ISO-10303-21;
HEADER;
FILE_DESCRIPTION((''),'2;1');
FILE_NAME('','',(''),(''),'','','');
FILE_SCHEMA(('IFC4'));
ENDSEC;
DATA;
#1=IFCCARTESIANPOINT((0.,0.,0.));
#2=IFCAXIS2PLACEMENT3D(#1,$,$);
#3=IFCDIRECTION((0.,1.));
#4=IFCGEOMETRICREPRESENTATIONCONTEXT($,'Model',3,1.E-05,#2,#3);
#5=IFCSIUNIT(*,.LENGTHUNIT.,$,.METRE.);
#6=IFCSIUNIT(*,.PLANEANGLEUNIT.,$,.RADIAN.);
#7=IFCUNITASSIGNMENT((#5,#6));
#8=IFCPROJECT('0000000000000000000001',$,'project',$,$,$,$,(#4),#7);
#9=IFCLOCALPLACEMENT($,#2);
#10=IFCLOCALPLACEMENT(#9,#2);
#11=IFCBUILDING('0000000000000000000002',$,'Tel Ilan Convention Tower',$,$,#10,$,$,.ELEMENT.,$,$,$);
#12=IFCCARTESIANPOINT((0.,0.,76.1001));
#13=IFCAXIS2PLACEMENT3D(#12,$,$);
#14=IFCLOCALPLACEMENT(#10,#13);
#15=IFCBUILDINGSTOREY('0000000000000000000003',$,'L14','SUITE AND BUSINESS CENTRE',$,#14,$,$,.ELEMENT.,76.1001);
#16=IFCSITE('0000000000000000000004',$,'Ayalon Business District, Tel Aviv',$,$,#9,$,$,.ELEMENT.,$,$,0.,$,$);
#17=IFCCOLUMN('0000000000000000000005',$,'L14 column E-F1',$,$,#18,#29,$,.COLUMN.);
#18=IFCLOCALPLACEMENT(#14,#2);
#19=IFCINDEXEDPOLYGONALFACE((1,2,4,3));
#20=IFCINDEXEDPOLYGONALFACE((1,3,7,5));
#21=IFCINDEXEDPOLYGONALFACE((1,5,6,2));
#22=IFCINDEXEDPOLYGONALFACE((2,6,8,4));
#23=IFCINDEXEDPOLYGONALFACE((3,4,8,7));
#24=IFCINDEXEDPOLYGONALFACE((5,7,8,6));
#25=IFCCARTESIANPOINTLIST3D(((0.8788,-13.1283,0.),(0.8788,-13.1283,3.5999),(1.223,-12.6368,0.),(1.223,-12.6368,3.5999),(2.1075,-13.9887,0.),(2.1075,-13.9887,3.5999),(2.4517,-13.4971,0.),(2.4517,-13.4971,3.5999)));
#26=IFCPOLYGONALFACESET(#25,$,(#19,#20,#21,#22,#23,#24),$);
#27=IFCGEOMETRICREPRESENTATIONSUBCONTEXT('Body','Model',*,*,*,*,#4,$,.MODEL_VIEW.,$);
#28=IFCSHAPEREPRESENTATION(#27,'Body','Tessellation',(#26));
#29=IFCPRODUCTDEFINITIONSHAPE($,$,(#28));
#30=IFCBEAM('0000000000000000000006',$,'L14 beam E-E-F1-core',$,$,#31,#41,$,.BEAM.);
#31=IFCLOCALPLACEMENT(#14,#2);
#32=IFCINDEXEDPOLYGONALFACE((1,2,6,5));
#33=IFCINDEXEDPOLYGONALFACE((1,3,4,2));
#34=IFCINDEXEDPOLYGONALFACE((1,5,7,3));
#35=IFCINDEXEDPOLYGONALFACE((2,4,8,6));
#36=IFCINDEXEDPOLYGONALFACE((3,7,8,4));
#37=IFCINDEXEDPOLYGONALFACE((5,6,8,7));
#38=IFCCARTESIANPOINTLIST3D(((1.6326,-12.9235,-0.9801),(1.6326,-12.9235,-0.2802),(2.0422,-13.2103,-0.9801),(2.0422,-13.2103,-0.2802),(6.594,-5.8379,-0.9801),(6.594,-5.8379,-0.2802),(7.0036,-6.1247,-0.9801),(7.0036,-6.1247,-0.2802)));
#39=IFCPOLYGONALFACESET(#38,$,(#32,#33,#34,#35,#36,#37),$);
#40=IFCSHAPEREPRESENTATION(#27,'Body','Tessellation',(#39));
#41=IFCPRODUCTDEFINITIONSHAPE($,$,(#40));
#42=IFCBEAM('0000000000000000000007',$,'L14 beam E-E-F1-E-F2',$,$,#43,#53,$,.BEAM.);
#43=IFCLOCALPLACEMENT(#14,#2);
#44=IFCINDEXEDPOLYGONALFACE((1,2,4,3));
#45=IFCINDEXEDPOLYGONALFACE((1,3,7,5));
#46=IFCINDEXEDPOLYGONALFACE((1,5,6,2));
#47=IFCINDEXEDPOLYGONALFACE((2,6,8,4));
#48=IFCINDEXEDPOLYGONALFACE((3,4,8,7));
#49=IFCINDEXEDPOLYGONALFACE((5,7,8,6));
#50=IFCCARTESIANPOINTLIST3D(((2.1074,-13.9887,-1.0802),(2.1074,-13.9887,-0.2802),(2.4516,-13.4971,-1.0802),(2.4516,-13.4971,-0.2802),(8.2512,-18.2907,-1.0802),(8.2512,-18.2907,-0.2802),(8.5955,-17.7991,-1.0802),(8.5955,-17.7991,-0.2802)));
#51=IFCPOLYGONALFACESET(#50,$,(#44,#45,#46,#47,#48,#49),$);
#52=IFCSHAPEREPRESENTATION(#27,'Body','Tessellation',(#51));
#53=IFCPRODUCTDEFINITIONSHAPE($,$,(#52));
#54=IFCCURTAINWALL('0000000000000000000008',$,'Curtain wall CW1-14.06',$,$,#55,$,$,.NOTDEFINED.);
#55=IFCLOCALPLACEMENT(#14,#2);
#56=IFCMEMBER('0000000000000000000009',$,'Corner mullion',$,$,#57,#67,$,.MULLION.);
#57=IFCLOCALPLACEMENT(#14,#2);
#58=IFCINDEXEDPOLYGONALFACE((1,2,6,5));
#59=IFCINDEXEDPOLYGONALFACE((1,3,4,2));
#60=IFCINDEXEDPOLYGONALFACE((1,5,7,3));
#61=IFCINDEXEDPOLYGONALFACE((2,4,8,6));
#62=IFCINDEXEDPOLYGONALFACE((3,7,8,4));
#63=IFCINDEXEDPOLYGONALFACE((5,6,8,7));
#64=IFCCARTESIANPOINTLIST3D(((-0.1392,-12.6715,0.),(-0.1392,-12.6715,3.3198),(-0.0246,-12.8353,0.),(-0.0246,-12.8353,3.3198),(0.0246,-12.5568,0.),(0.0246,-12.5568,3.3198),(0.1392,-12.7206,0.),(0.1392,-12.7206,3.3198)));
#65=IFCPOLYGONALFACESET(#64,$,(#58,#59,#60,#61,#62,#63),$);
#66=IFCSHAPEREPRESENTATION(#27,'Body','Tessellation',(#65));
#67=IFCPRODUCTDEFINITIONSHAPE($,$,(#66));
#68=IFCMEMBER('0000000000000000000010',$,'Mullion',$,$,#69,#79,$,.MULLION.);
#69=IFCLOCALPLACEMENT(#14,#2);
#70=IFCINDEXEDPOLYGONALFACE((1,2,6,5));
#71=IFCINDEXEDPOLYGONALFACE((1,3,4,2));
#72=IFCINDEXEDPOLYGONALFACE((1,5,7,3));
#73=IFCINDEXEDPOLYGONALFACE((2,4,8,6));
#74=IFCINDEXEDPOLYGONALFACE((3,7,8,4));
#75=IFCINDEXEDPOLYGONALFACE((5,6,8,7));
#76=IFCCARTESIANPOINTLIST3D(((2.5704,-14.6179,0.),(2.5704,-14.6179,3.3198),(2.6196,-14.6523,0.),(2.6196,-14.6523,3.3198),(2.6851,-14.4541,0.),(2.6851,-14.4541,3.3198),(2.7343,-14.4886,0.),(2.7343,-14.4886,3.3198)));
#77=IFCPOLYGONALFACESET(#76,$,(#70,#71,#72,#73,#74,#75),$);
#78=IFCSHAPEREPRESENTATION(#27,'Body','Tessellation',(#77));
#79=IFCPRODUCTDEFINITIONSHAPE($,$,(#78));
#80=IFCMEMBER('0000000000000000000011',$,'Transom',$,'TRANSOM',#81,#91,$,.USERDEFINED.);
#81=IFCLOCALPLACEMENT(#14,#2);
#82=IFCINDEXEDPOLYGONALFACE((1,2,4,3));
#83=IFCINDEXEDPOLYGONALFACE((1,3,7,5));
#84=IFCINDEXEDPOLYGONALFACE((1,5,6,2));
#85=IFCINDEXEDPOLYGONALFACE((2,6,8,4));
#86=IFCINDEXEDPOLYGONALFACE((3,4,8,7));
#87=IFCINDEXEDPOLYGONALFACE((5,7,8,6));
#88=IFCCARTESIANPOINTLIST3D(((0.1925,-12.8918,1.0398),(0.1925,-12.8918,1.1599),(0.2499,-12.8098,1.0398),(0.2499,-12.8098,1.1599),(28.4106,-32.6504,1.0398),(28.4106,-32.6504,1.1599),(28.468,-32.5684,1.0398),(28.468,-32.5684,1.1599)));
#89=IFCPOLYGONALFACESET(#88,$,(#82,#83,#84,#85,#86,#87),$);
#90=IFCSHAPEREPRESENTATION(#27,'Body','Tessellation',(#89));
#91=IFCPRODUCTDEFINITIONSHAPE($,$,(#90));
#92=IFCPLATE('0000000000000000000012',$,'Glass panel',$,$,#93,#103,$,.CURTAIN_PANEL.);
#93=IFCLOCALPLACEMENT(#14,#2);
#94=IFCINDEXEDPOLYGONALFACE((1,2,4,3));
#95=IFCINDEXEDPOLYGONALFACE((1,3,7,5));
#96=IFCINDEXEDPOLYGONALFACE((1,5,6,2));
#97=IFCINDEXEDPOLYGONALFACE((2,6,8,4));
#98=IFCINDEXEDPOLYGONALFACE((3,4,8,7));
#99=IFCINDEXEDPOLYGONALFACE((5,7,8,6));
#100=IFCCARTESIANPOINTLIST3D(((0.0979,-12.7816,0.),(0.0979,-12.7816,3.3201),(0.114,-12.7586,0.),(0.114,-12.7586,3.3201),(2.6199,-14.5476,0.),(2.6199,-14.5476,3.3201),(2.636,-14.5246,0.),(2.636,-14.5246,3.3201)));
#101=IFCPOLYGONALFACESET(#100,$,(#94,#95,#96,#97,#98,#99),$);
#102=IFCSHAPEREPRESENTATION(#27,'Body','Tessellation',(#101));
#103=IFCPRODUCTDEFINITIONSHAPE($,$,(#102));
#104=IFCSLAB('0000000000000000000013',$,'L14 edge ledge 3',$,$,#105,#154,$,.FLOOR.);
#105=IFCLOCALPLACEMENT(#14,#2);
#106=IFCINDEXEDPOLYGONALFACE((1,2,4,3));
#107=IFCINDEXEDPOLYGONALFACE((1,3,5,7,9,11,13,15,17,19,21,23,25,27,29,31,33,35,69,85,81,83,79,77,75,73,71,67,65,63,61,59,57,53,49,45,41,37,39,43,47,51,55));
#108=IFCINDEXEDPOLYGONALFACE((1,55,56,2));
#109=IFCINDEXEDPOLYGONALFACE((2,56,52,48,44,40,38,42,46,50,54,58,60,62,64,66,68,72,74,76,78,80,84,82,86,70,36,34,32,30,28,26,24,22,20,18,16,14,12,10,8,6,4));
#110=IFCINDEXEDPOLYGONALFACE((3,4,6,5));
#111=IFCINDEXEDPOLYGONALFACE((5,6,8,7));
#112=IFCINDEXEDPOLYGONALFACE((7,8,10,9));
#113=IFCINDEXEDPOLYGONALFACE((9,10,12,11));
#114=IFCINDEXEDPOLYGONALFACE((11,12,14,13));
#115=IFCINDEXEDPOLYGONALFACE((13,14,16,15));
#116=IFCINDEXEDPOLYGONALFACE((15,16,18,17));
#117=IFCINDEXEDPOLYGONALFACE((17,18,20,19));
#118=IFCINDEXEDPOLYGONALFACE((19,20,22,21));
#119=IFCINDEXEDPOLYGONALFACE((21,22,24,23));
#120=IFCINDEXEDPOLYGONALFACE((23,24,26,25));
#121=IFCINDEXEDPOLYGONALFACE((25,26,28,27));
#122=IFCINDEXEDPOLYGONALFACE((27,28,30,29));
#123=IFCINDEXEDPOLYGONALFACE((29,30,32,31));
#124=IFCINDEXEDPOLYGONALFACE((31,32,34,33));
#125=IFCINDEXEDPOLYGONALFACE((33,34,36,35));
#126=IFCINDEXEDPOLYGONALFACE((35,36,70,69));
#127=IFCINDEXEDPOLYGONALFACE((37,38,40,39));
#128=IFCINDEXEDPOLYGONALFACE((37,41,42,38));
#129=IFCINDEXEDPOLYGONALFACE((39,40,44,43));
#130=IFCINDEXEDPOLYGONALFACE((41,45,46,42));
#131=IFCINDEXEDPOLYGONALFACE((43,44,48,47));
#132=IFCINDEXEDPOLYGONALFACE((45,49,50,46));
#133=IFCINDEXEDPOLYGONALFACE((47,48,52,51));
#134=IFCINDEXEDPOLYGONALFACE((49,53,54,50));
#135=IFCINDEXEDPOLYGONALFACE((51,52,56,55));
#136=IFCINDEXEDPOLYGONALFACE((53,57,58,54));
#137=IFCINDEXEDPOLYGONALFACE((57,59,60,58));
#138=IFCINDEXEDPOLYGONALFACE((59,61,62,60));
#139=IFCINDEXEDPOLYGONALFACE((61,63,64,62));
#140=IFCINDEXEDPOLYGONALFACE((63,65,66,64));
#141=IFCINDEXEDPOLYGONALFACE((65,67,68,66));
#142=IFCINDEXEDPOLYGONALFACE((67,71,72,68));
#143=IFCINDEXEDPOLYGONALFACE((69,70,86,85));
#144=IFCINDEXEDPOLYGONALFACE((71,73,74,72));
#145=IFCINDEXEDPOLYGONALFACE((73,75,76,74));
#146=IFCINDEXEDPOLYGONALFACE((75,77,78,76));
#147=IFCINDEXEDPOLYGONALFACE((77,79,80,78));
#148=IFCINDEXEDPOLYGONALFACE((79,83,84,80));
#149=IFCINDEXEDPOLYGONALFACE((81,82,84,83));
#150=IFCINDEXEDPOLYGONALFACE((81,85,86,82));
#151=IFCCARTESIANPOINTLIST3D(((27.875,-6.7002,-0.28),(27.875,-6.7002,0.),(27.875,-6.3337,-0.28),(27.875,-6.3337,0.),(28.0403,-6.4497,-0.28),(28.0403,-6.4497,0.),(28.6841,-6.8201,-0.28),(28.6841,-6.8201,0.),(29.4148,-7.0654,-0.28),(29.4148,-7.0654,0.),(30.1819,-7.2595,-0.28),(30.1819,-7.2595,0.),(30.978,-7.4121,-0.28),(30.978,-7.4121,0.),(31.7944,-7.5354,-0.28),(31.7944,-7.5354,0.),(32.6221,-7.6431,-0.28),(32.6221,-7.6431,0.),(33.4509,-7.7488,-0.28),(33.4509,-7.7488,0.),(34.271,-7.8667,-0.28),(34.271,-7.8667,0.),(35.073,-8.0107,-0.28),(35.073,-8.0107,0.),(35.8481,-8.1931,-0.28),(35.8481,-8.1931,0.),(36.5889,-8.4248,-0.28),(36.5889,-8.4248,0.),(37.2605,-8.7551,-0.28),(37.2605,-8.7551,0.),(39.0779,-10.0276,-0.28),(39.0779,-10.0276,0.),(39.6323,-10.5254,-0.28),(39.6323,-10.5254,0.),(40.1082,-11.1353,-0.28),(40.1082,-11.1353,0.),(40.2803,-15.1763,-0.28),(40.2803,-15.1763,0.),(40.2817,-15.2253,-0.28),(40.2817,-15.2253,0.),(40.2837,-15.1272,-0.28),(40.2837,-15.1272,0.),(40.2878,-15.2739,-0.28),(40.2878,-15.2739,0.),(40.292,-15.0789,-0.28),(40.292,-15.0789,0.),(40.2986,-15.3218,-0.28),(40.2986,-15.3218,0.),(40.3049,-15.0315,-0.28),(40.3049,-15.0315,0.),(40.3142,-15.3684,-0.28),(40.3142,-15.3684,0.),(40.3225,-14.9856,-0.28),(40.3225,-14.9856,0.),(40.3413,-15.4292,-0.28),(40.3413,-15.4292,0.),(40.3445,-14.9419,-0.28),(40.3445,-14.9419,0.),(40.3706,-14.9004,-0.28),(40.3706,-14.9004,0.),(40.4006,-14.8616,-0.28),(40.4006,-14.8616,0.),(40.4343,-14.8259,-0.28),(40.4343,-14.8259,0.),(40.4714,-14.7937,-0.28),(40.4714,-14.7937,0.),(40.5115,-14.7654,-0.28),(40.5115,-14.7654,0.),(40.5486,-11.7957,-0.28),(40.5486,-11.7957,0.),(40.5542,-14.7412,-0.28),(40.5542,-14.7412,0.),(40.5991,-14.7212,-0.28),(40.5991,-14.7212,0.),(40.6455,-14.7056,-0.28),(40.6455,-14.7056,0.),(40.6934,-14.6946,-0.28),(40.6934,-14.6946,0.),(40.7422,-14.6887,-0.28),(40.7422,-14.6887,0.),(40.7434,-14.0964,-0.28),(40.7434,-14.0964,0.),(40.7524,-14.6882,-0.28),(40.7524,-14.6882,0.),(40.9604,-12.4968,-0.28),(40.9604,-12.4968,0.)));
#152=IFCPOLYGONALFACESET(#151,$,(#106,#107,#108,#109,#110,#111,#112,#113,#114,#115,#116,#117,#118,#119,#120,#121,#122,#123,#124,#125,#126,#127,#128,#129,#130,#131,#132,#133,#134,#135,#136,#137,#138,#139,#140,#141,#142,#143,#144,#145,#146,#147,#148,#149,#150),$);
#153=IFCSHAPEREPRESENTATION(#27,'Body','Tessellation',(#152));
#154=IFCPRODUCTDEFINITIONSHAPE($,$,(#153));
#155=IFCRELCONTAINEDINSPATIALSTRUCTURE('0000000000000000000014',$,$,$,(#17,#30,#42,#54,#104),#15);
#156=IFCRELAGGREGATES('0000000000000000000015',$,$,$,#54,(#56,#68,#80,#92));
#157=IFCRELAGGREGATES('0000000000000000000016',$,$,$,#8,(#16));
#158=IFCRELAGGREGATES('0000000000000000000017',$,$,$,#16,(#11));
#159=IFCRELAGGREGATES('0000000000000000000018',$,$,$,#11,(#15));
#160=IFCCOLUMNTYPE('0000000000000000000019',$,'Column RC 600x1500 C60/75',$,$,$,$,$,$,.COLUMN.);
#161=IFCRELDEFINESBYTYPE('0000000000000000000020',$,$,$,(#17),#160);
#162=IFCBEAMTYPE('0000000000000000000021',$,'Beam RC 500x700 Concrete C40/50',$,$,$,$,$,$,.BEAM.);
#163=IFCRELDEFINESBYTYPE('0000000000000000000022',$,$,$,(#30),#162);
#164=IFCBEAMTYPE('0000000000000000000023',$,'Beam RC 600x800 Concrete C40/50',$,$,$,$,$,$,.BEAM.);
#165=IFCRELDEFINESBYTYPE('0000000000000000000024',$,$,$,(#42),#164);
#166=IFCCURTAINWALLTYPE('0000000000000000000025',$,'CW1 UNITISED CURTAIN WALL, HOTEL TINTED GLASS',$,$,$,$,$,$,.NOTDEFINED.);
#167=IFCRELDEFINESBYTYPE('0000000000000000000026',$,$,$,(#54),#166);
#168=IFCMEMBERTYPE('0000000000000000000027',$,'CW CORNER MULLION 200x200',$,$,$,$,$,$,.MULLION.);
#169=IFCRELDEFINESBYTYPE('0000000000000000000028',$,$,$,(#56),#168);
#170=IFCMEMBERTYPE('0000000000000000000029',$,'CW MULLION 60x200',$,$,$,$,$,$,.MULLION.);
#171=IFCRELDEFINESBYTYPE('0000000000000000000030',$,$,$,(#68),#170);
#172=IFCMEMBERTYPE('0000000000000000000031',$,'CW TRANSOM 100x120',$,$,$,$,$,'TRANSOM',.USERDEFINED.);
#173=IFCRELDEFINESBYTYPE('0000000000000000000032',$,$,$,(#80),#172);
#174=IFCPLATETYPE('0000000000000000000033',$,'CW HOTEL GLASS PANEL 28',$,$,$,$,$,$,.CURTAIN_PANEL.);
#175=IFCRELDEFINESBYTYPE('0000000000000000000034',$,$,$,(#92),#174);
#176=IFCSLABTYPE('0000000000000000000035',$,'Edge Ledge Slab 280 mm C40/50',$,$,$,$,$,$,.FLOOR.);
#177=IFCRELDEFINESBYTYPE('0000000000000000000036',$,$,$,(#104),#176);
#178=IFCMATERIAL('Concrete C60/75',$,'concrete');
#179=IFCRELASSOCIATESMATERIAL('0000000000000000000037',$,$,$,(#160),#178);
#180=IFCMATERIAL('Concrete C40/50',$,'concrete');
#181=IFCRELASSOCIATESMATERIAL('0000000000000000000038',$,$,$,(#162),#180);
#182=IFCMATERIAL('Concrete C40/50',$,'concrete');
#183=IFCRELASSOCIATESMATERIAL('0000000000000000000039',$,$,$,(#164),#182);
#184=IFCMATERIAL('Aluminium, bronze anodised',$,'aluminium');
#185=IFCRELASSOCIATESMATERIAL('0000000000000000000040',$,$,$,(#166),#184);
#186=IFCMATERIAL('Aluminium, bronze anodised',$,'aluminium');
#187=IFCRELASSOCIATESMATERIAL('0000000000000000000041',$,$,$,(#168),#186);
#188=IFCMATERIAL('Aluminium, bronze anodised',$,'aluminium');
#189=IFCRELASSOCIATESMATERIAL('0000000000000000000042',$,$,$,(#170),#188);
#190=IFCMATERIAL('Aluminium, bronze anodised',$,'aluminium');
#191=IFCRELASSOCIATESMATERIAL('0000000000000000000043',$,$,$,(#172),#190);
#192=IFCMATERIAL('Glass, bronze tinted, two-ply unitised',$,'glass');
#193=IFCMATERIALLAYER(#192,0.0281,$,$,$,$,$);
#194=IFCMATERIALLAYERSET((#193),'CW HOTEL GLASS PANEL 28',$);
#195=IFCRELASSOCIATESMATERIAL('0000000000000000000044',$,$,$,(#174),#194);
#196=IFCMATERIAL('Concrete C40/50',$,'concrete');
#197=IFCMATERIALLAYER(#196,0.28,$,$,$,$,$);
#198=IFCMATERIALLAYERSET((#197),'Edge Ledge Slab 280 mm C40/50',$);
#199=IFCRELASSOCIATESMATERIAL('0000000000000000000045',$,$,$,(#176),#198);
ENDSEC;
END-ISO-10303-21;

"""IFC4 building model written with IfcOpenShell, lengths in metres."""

from ifc_helpers import new_model, si_unit, direction, frame, origin, origin_2d, place, context, subcontext, project, spatial, polyline, rectangle, outline, extrude, material, layer, layer_set, material_profile, profile_set, type_object, element, aggregate, save


model = new_model("IFC4")

# Units and contexts
model_context = context("Model", 3, precision=1e-05, world=origin(), true_north=direction((0.0, 1.0)))
body_context = subcontext(model_context, "Body", "Model", "MODEL_VIEW")
ifc_project = project(units=[si_unit("LENGTHUNIT", "METRE"), si_unit("PLANEANGLEUNIT", "RADIAN")], contexts=[model_context])

# Site, building, storey
site_placement = place(None, origin())
site = spatial("IfcSite", under=ifc_project, at=site_placement, Name="Ayalon Business District, Tel Aviv", CompositionType="ELEMENT", RefElevation=0.0)
building_placement = place(site_placement, origin())
building = spatial("IfcBuilding", under=site, at=building_placement, Name="Tel Ilan Convention Tower", CompositionType="ELEMENT")
storey_placement = place(building_placement, frame((0.0, 0.0, 76.1001)))
storey = spatial("IfcBuildingStorey", under=building, at=storey_placement, Name="L14", Description="SUITE AND BUSINESS CENTRE", CompositionType="ELEMENT", Elevation=76.1001)

# Column
ifc_material_1 = material(Name="Concrete C60/75", Category="concrete")
ifc_material_profile_1 = material_profile(ifc_material_1, rectangle(XDim=1.5, YDim=0.6001, at=origin_2d()), Name="RC 600x1500")
ifc_profile_set_1 = profile_set([ifc_material_profile_1], Name="Concrete C60/75")
column_type = type_object("IfcColumnType", Name="Column RC 600x1500 C60/75", PredefinedType="COLUMN", material=ifc_profile_set_1)
column_placement = place(storey_placement, frame((1.6653, -13.3127, 0.0), z_axis=(0.0, 0.0, 1.0), x_axis=(0.819152, -0.573576, 0.0)))
element("IfcColumn", 1, at=column_placement, inside=storey, type_object=column_type, Name="L14 column E-F1", PredefinedType="COLUMN", context=body_context, shape_type="SweptSolid", body=[
    extrude(rectangle(XDim=1.5, YDim=0.6001, at=origin_2d()), origin(), (0.0, 0.0, 1.0), 3.5999),
])

# Beams
ifc_material_2 = material(Name="Concrete C40/50", Category="concrete")
ifc_material_profile_2 = material_profile(ifc_material_2, rectangle(XDim=0.5, YDim=0.7, at=origin_2d()), Name="RC 500x700")
ifc_profile_set_2 = profile_set([ifc_material_profile_2], Name="Concrete C40/50")
beam_type_1 = type_object("IfcBeamType", Name="Beam RC 500x700 Concrete C40/50", PredefinedType="BEAM", material=ifc_profile_set_2)
beam_1_placement = place(storey_placement, frame((1.8374, -13.0669, -0.6301), z_axis=(0.573574, 0.819154, 0.0), x_axis=(-0.819154, 0.573574, 0.0)))
element("IfcBeam", 2, at=beam_1_placement, inside=storey, type_object=beam_type_1, Name="L14 beam E-E-F1-core", PredefinedType="BEAM", context=body_context, shape_type="SweptSolid", body=[
    extrude(rectangle(XDim=0.5, YDim=0.7, at=origin_2d()), origin(), (0.0, 0.0, 1.0), 8.6499),
])
ifc_material_3 = material(Name="Concrete C40/50", Category="concrete")
ifc_material_profile_3 = material_profile(ifc_material_3, rectangle(XDim=0.6001, YDim=0.8, at=origin_2d()), Name="RC 600x800")
ifc_profile_set_3 = profile_set([ifc_material_profile_3], Name="Concrete C40/50")
beam_type_2 = type_object("IfcBeamType", Name="Beam RC 600x800 Concrete C40/50", PredefinedType="BEAM", material=ifc_profile_set_3)
beam_2_placement = place(storey_placement, frame((2.2795, -13.7429, -0.6802), z_axis=(0.819148, -0.573582, 0.0), x_axis=(0.573582, 0.819148, 0.0)))
element("IfcBeam", 3, at=beam_2_placement, inside=storey, type_object=beam_type_2, Name="L14 beam E-E-F1-E-F2", PredefinedType="BEAM", context=body_context, shape_type="SweptSolid", body=[
    extrude(rectangle(XDim=0.6001, YDim=0.8, at=origin_2d()), origin(), (0.0, 0.0, 1.0), 7.5002),
])

# Curtain wall, members, plate
ifc_material_4 = material(Name="Aluminium, bronze anodised", Category="aluminium")
curtain_wall_type = type_object("IfcCurtainWallType", Name="CW1 UNITISED CURTAIN WALL, HOTEL TINTED GLASS", PredefinedType="NOTDEFINED", material=ifc_material_4)
curtain_wall_placement = place(storey_placement, origin())
curtain_wall = element("IfcCurtainWall", 4, at=curtain_wall_placement, inside=storey, type_object=curtain_wall_type, Name="Curtain wall CW1-14.06", PredefinedType="NOTDEFINED")
ifc_material_5 = material(Name="Aluminium, bronze anodised", Category="aluminium")
ifc_material_profile_4 = material_profile(ifc_material_5, rectangle(XDim=0.2, YDim=0.2, at=origin_2d()), Name="CW CORNER MULLION 200x200")
ifc_profile_set_4 = profile_set([ifc_material_profile_4], Name="Aluminium, bronze anodised")
member_type_1 = type_object("IfcMemberType", Name="CW CORNER MULLION 200x200", PredefinedType="MULLION", material=ifc_profile_set_4)
member_1_placement = place(storey_placement, frame((0.0, -12.696, 0.0), z_axis=(0.0, 0.0, 1.0), x_axis=(0.819152, 0.573576, 0.0)))
member_1 = element("IfcMember", 5, at=member_1_placement, type_object=member_type_1, Name="Corner mullion", PredefinedType="MULLION", context=body_context, shape_type="SweptSolid", body=[
    extrude(rectangle(XDim=0.2, YDim=0.2, at=origin_2d()), origin(), (0.0, 0.0, 1.0), 3.3198),
])
ifc_material_6 = material(Name="Aluminium, bronze anodised", Category="aluminium")
ifc_material_profile_5 = material_profile(ifc_material_6, rectangle(XDim=0.0601, YDim=0.2, at=origin_2d()), Name="CW MULLION 60x200")
ifc_profile_set_5 = profile_set([ifc_material_profile_5], Name="Aluminium, bronze anodised")
member_type_2 = type_object("IfcMemberType", Name="CW MULLION 60x200", PredefinedType="MULLION", material=ifc_profile_set_5)
member_2_placement = place(storey_placement, frame((2.6523, -14.5532, 0.0), z_axis=(0.0, 0.0, 1.0), x_axis=(0.819152, -0.573576, 0.0)))
member_2 = element("IfcMember", 6, at=member_2_placement, type_object=member_type_2, Name="Mullion", PredefinedType="MULLION", context=body_context, shape_type="SweptSolid", body=[
    extrude(rectangle(XDim=0.0601, YDim=0.2, at=origin_2d()), origin(), (0.0, 0.0, 1.0), 3.3198),
])
ifc_material_7 = material(Name="Aluminium, bronze anodised", Category="aluminium")
ifc_material_profile_6 = material_profile(ifc_material_7, rectangle(XDim=0.1001, YDim=0.1201, at=origin_2d()), Name="CW TRANSOM 100x120")
ifc_profile_set_6 = profile_set([ifc_material_profile_6], Name="Aluminium, bronze anodised")
member_type_3 = type_object("IfcMemberType", Name="CW TRANSOM 100x120", ElementType="TRANSOM", PredefinedType="USERDEFINED", material=ifc_profile_set_6)
member_3_placement = place(storey_placement, frame((0.2212, -12.8508, 1.0999), z_axis=(0.819151, -0.573578, 0.0), x_axis=(0.573578, 0.819151, 0.0)))
member_3 = element("IfcMember", 7, at=member_3_placement, type_object=member_type_3, Name="Transom", ObjectType="TRANSOM", PredefinedType="USERDEFINED", context=body_context, shape_type="SweptSolid", body=[
    extrude(rectangle(XDim=0.1001, YDim=0.1201, at=origin_2d()), origin(), (0.0, 0.0, 1.0), 34.448),
])
ifc_material_8 = material(Name="Glass, bronze tinted, two-ply unitised", Category="glass")
ifc_layer_1 = layer(ifc_material_8, 0.0281)
ifc_layer_set_1 = layer_set([ifc_layer_1], Name="CW HOTEL GLASS PANEL 28")
plate_type = type_object("IfcPlateType", Name="CW HOTEL GLASS PANEL 28", PredefinedType="CURTAIN_PANEL", material=ifc_layer_set_1)
plate_placement = place(storey_placement, frame((1.3669, -13.6531, 0.0), z_axis=(0.0, 0.0, 1.0), x_axis=(0.819152, -0.573576, 0.0)))
plate = element("IfcPlate", 8, at=plate_placement, type_object=plate_type, Name="Glass panel", PredefinedType="CURTAIN_PANEL", context=body_context, shape_type="SweptSolid", body=[
    extrude(rectangle(XDim=3.0789, YDim=0.0281, at=origin_2d()), origin(), (0.0, 0.0, 1.0), 3.3201),
])
aggregate(curtain_wall, [member_1, member_2, member_3, plate])

# Slab
ifc_material_9 = material(Name="Concrete C40/50", Category="concrete")
ifc_layer_2 = layer(ifc_material_9, 0.28)
ifc_layer_set_2 = layer_set([ifc_layer_2], Name="Edge Ledge Slab 280 mm C40/50")
slab_type_1 = type_object("IfcSlabType", Name="Edge Ledge Slab 280 mm C40/50", PredefinedType="FLOOR", material=ifc_layer_set_2)
slab_1_placement = place(storey_placement, frame((0.0, 0.0, -0.28)))
element("IfcSlab", 9, at=slab_1_placement, inside=storey, type_object=slab_type_1, Name="L14 edge ledge 3", PredefinedType="FLOOR", context=body_context, shape_type="SweptSolid", body=[
    extrude(outline(polyline([(32.6221, -7.6431), (33.4509, -7.7488), (34.271, -7.8667), (35.073, -8.0107), (35.8481, -8.1931), (36.5889, -8.4248), (37.2605, -8.7551), (39.0779, -10.0276), (39.6323, -10.5254), (40.1082, -11.1353), (40.5486, -11.7957), (40.9604, -12.4968), (40.7434, -14.0964), (40.7524, -14.6882), (40.7422, -14.6887), (40.6934, -14.6946), (40.6455, -14.7056), (40.5991, -14.7212), (40.5542, -14.7412), (40.5115, -14.7654), (40.4714, -14.7937), (40.4343, -14.8259), (40.4006, -14.8616), (40.3706, -14.9004), (40.3445, -14.9419), (40.3225, -14.9856), (40.3049, -15.0315), (40.292, -15.0789), (40.2837, -15.1272), (40.2803, -15.1763), (40.2817, -15.2253), (40.2878, -15.2739), (40.2986, -15.3218), (40.3142, -15.3684), (40.3413, -15.4292), (27.875, -6.7002), (27.875, -6.3337), (28.0403, -6.4497), (28.6841, -6.8201), (29.4148, -7.0654), (30.1819, -7.2595), (30.978, -7.4121), (31.7944, -7.5354), (32.6221, -7.6431)])), origin(), (0.0, 0.0, 1.0), 0.28),
])

save(model, "model.ifc")
